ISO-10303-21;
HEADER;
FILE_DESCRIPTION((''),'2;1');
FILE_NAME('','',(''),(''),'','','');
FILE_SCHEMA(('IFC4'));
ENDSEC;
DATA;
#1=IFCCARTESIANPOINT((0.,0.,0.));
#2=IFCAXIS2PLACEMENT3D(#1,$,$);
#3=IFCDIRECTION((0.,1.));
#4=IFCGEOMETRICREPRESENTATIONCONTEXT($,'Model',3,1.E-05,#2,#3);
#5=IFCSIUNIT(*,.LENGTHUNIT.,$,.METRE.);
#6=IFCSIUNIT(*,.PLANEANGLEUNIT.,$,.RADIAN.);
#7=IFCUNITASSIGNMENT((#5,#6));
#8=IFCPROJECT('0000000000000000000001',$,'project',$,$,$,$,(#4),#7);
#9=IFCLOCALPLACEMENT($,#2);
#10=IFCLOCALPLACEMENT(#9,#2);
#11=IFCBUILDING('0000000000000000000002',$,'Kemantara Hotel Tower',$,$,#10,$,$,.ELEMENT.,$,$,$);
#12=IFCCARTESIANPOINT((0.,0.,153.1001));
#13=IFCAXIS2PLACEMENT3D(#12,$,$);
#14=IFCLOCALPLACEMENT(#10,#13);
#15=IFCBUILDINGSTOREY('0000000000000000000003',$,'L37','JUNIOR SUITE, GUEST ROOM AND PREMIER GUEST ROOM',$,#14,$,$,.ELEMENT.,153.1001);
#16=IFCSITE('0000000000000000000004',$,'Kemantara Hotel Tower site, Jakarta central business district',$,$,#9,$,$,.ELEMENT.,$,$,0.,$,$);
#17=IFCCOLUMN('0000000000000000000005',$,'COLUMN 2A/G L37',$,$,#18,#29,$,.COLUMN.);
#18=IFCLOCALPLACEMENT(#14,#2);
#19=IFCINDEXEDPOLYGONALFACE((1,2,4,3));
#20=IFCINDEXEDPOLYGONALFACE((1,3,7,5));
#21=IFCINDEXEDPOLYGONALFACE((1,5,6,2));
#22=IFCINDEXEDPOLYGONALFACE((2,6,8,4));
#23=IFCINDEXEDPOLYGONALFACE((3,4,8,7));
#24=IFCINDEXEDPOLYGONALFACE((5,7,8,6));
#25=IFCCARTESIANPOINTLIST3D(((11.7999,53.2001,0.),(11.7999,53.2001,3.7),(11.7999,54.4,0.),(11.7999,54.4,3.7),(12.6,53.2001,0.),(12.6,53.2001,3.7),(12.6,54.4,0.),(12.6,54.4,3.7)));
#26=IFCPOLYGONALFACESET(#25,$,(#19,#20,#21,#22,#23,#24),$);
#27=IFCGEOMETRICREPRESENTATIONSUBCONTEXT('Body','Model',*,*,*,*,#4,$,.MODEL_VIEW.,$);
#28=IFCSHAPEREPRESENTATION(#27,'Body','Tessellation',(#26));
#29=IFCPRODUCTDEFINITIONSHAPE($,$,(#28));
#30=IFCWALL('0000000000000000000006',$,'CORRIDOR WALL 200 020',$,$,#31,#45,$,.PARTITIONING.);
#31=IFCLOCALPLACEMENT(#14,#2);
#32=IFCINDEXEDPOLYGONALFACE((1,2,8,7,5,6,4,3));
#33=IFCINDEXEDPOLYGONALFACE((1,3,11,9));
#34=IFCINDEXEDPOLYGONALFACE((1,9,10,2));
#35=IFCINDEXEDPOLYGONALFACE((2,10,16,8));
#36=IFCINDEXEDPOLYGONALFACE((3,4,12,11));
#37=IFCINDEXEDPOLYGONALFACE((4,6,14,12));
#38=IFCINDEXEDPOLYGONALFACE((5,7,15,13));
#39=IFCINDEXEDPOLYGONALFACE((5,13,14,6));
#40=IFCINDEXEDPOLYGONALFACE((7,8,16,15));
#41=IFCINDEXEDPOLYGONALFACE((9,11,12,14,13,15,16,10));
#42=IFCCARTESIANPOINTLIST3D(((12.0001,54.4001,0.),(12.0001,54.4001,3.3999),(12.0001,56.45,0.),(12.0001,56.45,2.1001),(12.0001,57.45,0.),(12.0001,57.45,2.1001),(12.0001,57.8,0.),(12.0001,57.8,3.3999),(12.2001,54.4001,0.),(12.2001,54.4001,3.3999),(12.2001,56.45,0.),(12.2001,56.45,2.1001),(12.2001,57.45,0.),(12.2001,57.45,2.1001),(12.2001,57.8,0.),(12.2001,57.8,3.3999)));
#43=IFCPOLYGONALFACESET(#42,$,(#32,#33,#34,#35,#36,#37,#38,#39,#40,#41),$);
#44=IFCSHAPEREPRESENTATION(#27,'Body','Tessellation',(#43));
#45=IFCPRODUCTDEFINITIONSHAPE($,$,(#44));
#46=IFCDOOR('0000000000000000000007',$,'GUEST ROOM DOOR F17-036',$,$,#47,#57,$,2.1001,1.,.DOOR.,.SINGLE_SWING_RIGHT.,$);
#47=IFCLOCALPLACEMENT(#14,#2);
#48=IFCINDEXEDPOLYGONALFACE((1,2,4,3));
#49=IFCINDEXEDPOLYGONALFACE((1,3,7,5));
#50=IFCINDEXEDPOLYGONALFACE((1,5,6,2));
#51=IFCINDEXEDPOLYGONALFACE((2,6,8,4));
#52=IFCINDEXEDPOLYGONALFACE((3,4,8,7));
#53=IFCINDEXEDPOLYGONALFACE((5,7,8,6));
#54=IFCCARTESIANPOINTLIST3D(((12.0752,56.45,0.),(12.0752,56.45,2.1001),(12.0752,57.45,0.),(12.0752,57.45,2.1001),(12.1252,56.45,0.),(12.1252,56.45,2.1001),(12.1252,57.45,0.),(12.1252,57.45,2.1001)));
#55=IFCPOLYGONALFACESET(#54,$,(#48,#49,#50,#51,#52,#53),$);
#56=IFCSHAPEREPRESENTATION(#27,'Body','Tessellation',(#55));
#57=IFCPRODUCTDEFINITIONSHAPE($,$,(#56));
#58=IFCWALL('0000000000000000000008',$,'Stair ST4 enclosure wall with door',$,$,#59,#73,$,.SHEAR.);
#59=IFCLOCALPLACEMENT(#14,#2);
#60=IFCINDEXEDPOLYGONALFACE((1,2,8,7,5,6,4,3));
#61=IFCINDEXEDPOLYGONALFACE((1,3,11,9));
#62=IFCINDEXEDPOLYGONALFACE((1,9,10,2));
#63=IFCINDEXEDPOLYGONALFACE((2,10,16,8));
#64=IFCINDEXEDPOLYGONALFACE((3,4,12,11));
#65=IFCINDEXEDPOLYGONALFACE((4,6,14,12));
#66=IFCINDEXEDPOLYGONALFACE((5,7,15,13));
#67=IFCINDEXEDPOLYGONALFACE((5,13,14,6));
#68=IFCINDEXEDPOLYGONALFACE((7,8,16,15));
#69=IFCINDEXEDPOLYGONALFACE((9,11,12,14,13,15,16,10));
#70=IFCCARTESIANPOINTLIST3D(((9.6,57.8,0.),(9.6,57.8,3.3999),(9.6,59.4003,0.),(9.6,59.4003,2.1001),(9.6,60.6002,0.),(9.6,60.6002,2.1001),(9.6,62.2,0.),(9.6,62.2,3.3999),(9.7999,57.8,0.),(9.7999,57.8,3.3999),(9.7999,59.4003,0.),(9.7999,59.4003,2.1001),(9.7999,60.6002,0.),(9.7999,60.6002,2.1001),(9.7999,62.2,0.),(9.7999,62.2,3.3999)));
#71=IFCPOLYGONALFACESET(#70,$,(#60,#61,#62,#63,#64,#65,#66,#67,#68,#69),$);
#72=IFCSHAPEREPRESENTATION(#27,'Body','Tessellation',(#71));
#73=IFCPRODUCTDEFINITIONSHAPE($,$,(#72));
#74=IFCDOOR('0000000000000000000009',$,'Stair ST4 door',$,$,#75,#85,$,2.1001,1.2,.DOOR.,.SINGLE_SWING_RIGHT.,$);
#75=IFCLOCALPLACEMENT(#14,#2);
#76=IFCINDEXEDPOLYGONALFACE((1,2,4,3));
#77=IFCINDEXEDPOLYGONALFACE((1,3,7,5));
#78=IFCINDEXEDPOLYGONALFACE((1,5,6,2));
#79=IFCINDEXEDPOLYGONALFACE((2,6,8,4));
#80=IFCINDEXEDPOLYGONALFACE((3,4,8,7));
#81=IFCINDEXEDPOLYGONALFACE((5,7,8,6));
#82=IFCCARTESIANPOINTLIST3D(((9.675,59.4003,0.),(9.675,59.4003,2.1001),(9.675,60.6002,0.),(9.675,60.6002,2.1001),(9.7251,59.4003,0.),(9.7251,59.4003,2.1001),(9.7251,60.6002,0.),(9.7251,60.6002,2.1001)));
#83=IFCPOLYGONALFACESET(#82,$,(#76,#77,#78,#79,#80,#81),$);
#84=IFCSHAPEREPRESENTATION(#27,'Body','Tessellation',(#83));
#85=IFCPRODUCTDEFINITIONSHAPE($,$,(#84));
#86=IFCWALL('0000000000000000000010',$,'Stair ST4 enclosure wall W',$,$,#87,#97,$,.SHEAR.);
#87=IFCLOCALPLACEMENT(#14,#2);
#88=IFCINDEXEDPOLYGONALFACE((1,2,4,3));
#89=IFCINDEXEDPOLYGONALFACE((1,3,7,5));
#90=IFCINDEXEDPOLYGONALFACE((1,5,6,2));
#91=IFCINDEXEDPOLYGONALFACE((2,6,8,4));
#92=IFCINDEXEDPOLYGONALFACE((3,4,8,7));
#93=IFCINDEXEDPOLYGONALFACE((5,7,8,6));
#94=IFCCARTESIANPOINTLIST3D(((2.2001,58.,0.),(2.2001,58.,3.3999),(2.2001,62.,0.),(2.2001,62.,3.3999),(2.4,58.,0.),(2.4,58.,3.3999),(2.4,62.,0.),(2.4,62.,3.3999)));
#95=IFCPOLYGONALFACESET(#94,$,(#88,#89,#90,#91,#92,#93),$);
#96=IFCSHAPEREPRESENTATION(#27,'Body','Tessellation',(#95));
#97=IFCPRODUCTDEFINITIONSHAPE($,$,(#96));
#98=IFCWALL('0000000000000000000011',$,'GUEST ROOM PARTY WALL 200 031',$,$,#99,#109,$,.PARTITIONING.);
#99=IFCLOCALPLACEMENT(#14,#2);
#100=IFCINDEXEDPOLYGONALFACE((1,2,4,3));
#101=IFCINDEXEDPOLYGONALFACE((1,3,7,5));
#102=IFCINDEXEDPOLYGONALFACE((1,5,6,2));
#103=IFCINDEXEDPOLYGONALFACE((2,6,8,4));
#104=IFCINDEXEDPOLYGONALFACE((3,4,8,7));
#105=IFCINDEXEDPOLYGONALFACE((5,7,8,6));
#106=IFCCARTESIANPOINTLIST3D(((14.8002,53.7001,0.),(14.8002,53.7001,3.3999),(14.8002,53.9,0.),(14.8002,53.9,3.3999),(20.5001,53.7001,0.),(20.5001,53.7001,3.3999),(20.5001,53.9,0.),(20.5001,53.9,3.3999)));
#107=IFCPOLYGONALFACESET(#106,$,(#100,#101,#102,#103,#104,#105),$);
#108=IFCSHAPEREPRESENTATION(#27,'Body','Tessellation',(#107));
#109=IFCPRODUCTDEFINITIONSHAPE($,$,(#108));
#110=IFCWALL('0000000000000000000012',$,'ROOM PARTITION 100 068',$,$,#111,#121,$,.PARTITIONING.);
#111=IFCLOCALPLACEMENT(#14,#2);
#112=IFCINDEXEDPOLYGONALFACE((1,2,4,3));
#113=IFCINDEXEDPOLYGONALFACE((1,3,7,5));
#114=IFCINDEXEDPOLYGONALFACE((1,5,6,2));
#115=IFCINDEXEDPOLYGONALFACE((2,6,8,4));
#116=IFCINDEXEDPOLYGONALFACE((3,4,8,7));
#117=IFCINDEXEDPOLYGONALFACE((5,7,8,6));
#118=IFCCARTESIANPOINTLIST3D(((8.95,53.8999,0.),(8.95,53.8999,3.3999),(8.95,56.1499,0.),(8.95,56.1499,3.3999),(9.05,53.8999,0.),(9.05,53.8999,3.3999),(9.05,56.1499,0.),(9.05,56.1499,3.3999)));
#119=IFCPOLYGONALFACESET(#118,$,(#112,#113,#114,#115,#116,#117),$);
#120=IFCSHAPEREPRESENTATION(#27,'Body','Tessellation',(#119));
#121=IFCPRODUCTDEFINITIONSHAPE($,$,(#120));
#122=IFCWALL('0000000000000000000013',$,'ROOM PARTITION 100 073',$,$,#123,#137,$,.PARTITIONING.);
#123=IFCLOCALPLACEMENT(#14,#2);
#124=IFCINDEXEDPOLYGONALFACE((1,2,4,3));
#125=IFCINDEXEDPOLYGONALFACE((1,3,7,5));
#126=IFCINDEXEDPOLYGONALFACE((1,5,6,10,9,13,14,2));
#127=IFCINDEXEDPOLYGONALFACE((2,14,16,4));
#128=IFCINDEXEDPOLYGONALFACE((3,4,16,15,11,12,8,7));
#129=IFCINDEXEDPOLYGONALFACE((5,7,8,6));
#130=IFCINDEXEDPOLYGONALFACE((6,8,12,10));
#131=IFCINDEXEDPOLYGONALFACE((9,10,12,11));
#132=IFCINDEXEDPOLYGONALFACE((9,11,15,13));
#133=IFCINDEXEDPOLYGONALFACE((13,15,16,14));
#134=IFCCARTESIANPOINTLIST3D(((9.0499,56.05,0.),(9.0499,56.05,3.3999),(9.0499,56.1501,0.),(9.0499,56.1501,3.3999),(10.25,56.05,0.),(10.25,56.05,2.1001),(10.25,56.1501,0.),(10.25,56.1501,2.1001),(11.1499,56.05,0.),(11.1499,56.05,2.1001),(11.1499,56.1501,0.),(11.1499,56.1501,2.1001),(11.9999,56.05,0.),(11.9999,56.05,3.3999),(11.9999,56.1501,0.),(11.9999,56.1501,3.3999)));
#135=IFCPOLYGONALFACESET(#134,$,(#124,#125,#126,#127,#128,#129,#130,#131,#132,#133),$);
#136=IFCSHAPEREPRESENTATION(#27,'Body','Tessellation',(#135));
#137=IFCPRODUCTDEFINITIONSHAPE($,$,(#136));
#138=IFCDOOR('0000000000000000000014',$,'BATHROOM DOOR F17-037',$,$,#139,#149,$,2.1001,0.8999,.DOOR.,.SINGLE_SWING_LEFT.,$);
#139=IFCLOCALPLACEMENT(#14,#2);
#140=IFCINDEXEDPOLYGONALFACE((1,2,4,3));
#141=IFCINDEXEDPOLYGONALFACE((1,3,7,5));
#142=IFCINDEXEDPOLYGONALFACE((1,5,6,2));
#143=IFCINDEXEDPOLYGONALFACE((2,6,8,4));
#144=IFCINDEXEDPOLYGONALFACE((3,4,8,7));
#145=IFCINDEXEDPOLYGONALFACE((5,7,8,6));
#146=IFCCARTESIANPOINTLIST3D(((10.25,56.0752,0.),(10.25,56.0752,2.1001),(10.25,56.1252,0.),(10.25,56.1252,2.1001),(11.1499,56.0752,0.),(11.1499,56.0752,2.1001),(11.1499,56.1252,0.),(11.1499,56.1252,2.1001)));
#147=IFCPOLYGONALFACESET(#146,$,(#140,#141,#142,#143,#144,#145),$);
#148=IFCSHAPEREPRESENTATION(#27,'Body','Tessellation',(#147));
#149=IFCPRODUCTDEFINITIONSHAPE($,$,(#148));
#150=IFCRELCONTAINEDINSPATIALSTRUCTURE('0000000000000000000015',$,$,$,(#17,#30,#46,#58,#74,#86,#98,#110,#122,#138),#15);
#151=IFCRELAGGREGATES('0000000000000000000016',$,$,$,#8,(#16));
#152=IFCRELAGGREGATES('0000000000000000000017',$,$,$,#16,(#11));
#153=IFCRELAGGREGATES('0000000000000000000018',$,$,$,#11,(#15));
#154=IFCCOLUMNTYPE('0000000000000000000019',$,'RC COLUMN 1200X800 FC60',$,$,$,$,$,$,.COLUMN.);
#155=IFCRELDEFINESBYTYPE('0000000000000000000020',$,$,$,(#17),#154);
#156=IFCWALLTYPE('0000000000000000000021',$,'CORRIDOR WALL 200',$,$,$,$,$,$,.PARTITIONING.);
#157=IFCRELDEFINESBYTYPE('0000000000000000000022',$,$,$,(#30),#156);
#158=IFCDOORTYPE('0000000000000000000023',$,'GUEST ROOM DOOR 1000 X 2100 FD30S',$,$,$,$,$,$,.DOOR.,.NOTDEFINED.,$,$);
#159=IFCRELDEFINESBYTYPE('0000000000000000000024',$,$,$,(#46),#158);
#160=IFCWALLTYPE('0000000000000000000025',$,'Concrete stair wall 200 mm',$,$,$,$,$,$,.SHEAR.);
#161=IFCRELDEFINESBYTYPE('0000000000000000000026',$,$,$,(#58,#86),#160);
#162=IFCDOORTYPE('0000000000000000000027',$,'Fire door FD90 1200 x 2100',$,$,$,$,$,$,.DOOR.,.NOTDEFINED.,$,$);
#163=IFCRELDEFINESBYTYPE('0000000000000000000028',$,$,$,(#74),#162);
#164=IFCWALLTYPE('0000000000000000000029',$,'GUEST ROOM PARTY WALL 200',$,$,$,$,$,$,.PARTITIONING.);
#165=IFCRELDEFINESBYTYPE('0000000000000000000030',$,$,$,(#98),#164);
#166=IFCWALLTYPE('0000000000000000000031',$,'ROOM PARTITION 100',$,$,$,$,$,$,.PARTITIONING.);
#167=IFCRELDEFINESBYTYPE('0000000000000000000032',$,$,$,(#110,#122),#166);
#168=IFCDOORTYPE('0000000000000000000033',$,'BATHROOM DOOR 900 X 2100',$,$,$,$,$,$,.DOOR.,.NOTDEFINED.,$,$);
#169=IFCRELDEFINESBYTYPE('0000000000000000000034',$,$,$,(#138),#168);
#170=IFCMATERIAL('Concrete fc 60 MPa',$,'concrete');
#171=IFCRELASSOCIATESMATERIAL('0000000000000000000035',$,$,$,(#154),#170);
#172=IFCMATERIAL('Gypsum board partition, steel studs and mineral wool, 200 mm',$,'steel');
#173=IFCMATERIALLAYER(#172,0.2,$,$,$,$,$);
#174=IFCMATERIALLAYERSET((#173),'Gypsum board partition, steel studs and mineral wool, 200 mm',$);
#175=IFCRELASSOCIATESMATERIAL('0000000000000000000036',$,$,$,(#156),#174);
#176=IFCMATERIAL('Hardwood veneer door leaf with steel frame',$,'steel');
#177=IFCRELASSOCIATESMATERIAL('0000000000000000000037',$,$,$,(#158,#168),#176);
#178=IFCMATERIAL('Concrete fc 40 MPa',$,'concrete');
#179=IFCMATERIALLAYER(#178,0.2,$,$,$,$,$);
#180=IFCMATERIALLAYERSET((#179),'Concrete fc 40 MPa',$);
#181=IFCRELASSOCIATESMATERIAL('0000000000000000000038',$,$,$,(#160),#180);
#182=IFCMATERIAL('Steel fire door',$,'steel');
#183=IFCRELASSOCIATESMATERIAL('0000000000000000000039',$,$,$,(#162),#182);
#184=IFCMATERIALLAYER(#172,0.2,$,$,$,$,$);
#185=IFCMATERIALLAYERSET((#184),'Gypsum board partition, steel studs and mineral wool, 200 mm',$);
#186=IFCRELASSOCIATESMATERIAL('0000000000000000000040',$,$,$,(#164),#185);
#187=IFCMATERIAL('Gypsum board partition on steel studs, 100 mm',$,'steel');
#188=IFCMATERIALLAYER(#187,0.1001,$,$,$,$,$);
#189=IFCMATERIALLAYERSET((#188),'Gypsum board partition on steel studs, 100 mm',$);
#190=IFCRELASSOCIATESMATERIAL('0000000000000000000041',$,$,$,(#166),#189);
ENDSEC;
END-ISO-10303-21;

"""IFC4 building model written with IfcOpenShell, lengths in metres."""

from ifc_helpers import new_model, si_unit, direction, frame, frame_2d, origin, origin_2d, place, context, subcontext, project, spatial, rectangle, extrude, material, layer, layer_set, material_profile, profile_set, type_object, element, fill, save


model = new_model("IFC4")

# Units and contexts
model_context = context("Model", 3, precision=1e-05, world=origin(), true_north=direction((0.0, 1.0)))
body_context = subcontext(model_context, "Body", "Model", "MODEL_VIEW")
ifc_project = project(units=[si_unit("LENGTHUNIT", "METRE"), si_unit("PLANEANGLEUNIT", "RADIAN")], contexts=[model_context])

# Site, building, storey
site_placement = place(None, origin())
site = spatial("IfcSite", under=ifc_project, at=site_placement, Name="Kemantara Hotel Tower site, Jakarta central business district", CompositionType="ELEMENT", RefElevation=0.0)
building_placement = place(site_placement, origin())
building = spatial("IfcBuilding", under=site, at=building_placement, Name="Kemantara Hotel Tower", CompositionType="ELEMENT")
storey_placement = place(building_placement, frame((0.0, 0.0, 153.1001)))
storey = spatial("IfcBuildingStorey", under=building, at=storey_placement, Name="L37", Description="JUNIOR SUITE, GUEST ROOM AND PREMIER GUEST ROOM", CompositionType="ELEMENT", Elevation=153.1001)

# Column
ifc_material_1 = material(Name="Concrete fc 60 MPa", Category="concrete")
ifc_material_profile = material_profile(ifc_material_1, rectangle(XDim=1.2, YDim=0.8, at=origin_2d()), Name="RC 1200X800")
ifc_profile_set = profile_set([ifc_material_profile], Name="Concrete fc 60 MPa")
column_type = type_object("IfcColumnType", Name="RC COLUMN 1200X800 FC60", PredefinedType="COLUMN", material=ifc_profile_set)
column_placement = place(storey_placement, frame((12.2, 53.8, 0.0), z_axis=(0.0, 0.0, 1.0), x_axis=(0.0, 1.0, 0.0)))
element("IfcColumn", 1, at=column_placement, inside=storey, type_object=column_type, Name="COLUMN 2A/G L37", PredefinedType="COLUMN", context=body_context, shape_type="SweptSolid", body=[
    extrude(rectangle(XDim=1.2, YDim=0.8, at=origin_2d()), origin(), (0.0, 0.0, 1.0), 3.7),
])

# Walls, openings, doors
ifc_material_2 = material(Name="Gypsum board partition, steel studs and mineral wool, 200 mm", Category="steel")
ifc_layer_1 = layer(ifc_material_2, 0.2)
ifc_layer_set_1 = layer_set([ifc_layer_1], Name="Gypsum board partition, steel studs and mineral wool, 200 mm")
wall_type_1 = type_object("IfcWallType", Name="CORRIDOR WALL 200", PredefinedType="PARTITIONING", material=ifc_layer_set_1)
wall_1_placement = place(storey_placement, frame((12.1001, 54.4001, 0.0), z_axis=(0.0, 0.0, 1.0), x_axis=(0.0, 1.0, 0.0)))
wall_1 = element("IfcWall", 2, at=wall_1_placement, inside=storey, type_object=wall_type_1, Name="CORRIDOR WALL 200 020", PredefinedType="PARTITIONING", context=body_context, shape_type="SweptSolid", body=[
    extrude(rectangle(XDim=3.3999, YDim=0.2, at=frame_2d((1.7, 0.0))), origin(), (0.0, 0.0, 1.0), 3.3999),
])
opening_1_placement = place(wall_1_placement, frame((2.0498, 0.0, 0.0)))
opening_1 = element("IfcOpeningElement", 3, at=opening_1_placement, cuts=wall_1, PredefinedType="OPENING", context=body_context, shape_type="SweptSolid", body=[
    extrude(rectangle(XDim=1.0, YDim=2.1001, at=frame_2d((0.5, 1.05))), frame((0.0, 0.1099, 0.0), z_axis=(0.0, -1.0, 0.0), x_axis=(1.0, 0.0, 0.0)), (0.0, 0.0, 1.0), 0.22),
])
ifc_material_3 = material(Name="Hardwood veneer door leaf with steel frame", Category="steel")
door_type_1 = type_object("IfcDoorType", Name="GUEST ROOM DOOR 1000 X 2100 FD30S", OperationType="NOTDEFINED", PredefinedType="DOOR", material=ifc_material_3)
door_1_placement = place(opening_1_placement, origin())
door_1 = element("IfcDoor", 4, at=door_1_placement, inside=storey, type_object=door_type_1, Name="GUEST ROOM DOOR F17-036", OperationType="SINGLE_SWING_RIGHT", OverallHeight=2.1001, OverallWidth=1.0, PredefinedType="DOOR", context=body_context, shape_type="SweptSolid", body=[
    extrude(rectangle(XDim=1.0, YDim=2.1001, at=frame_2d((0.5, 1.05))), frame((0.0, 0.0249, 0.0), z_axis=(0.0, -1.0, 0.0), x_axis=(1.0, 0.0, 0.0)), (0.0, 0.0, 1.0), 0.05),
])
fill(opening_1, door_1)
ifc_material_4 = material(Name="Concrete fc 40 MPa", Category="concrete")
ifc_layer_2 = layer(ifc_material_4, 0.2)
ifc_layer_set_2 = layer_set([ifc_layer_2], Name="Concrete fc 40 MPa")
wall_type_2 = type_object("IfcWallType", Name="Concrete stair wall 200 mm", PredefinedType="SHEAR", material=ifc_layer_set_2)
wall_2_placement = place(storey_placement, frame((9.7, 57.8, 0.0), z_axis=(0.0, 0.0, 1.0), x_axis=(0.0, 1.0, 0.0)))
wall_2 = element("IfcWall", 5, at=wall_2_placement, inside=storey, type_object=wall_type_2, Name="Stair ST4 enclosure wall with door", PredefinedType="SHEAR", context=body_context, shape_type="SweptSolid", body=[
    extrude(rectangle(XDim=4.3999, YDim=0.2, at=frame_2d((2.2, 0.0))), origin(), (0.0, 0.0, 1.0), 3.3999),
])
opening_2_placement = place(wall_2_placement, frame((1.6001, 0.0, 0.0)))
opening_2 = element("IfcOpeningElement", 6, at=opening_2_placement, cuts=wall_2, PredefinedType="OPENING", context=body_context, shape_type="SweptSolid", body=[
    extrude(rectangle(XDim=1.2, YDim=2.1001, at=frame_2d((0.6001, 1.05))), frame((0.0, 0.1099, 0.0), z_axis=(0.0, -1.0, 0.0), x_axis=(1.0, 0.0, 0.0)), (0.0, 0.0, 1.0), 0.22),
])
ifc_material_5 = material(Name="Steel fire door", Category="steel")
door_type_2 = type_object("IfcDoorType", Name="Fire door FD90 1200 x 2100", OperationType="NOTDEFINED", PredefinedType="DOOR", material=ifc_material_5)
door_2_placement = place(opening_2_placement, origin())
door_2 = element("IfcDoor", 7, at=door_2_placement, inside=storey, type_object=door_type_2, Name="Stair ST4 door", OperationType="SINGLE_SWING_RIGHT", OverallHeight=2.1001, OverallWidth=1.2, PredefinedType="DOOR", context=body_context, shape_type="SweptSolid", body=[
    extrude(rectangle(XDim=1.2, YDim=2.1001, at=frame_2d((0.6001, 1.05))), frame((0.0, 0.0249, 0.0), z_axis=(0.0, -1.0, 0.0), x_axis=(1.0, 0.0, 0.0)), (0.0, 0.0, 1.0), 0.05),
])
fill(opening_2, door_2)

# Walls
wall_3_placement = place(storey_placement, frame((2.3, 58.0, 0.0), z_axis=(0.0, 0.0, 1.0), x_axis=(0.0, 1.0, 0.0)))
element("IfcWall", 8, at=wall_3_placement, inside=storey, type_object=wall_type_2, Name="Stair ST4 enclosure wall W", PredefinedType="SHEAR", context=body_context, shape_type="SweptSolid", body=[
    extrude(rectangle(XDim=4.0, YDim=0.2, at=frame_2d((2.0, 0.0))), origin(), (0.0, 0.0, 1.0), 3.3999),
])
ifc_layer_3 = layer(ifc_material_2, 0.2)
ifc_layer_set_3 = layer_set([ifc_layer_3], Name="Gypsum board partition, steel studs and mineral wool, 200 mm")
wall_type_3 = type_object("IfcWallType", Name="GUEST ROOM PARTY WALL 200", PredefinedType="PARTITIONING", material=ifc_layer_set_3)
wall_4_placement = place(storey_placement, frame((14.8, 53.8, 0.0), z_axis=(0.0, 0.0, 1.0), x_axis=(1.0, 0.0, 0.0)))
element("IfcWall", 9, at=wall_4_placement, inside=storey, type_object=wall_type_3, Name="GUEST ROOM PARTY WALL 200 031", PredefinedType="PARTITIONING", context=body_context, shape_type="SweptSolid", body=[
    extrude(rectangle(XDim=5.7, YDim=0.2, at=frame_2d((2.8501, 0.0))), origin(), (0.0, 0.0, 1.0), 3.3999),
])
ifc_material_6 = material(Name="Gypsum board partition on steel studs, 100 mm", Category="steel")
ifc_layer_4 = layer(ifc_material_6, 0.1001)
ifc_layer_set_4 = layer_set([ifc_layer_4], Name="Gypsum board partition on steel studs, 100 mm")
wall_type_4 = type_object("IfcWallType", Name="ROOM PARTITION 100", PredefinedType="PARTITIONING", material=ifc_layer_set_4)
wall_5_placement = place(storey_placement, frame((9.0, 53.8999, 0.0), z_axis=(0.0, 0.0, 1.0), x_axis=(0.0, 1.0, 0.0)))
element("IfcWall", 10, at=wall_5_placement, inside=storey, type_object=wall_type_4, Name="ROOM PARTITION 100 068", PredefinedType="PARTITIONING", context=body_context, shape_type="SweptSolid", body=[
    extrude(rectangle(XDim=2.25, YDim=0.1001, at=frame_2d((1.125, 0.0))), origin(), (0.0, 0.0, 1.0), 3.3999),
])

# Wall, opening, door
wall_6_placement = place(storey_placement, frame((12.0, 56.1001, 0.0), z_axis=(0.0, 0.0, 1.0), x_axis=(-1.0, 0.0, 0.0)))
wall_6 = element("IfcWall", 11, at=wall_6_placement, inside=storey, type_object=wall_type_4, Name="ROOM PARTITION 100 073", PredefinedType="PARTITIONING", context=body_context, shape_type="SweptSolid", body=[
    extrude(rectangle(XDim=2.95, YDim=0.1001, at=frame_2d((1.4751, 0.0))), origin(), (0.0, 0.0, 1.0), 3.3999),
])
opening_3_placement = place(wall_6_placement, frame((0.8501, 0.0, 0.0)))
opening_3 = element("IfcOpeningElement", 12, at=opening_3_placement, cuts=wall_6, PredefinedType="OPENING", context=body_context, shape_type="SweptSolid", body=[
    extrude(rectangle(XDim=0.8999, YDim=2.1001, at=frame_2d((0.45, 1.05))), frame((0.0, 0.0601, 0.0), z_axis=(0.0, -1.0, 0.0), x_axis=(1.0, 0.0, 0.0)), (0.0, 0.0, 1.0), 0.1201),
])
door_type_3 = type_object("IfcDoorType", Name="BATHROOM DOOR 900 X 2100", OperationType="NOTDEFINED", PredefinedType="DOOR", material=ifc_material_3)
door_3_placement = place(opening_3_placement, origin())
door_3 = element("IfcDoor", 13, at=door_3_placement, inside=storey, type_object=door_type_3, Name="BATHROOM DOOR F17-037", OperationType="SINGLE_SWING_LEFT", OverallHeight=2.1001, OverallWidth=0.8999, PredefinedType="DOOR", context=body_context, shape_type="SweptSolid", body=[
    extrude(rectangle(XDim=0.8999, YDim=2.1001, at=frame_2d((0.45, 1.05))), frame((0.0, 0.0249, 0.0), z_axis=(0.0, -1.0, 0.0), x_axis=(1.0, 0.0, 0.0)), (0.0, 0.0, 1.0), 0.05),
])
fill(opening_3, door_3)

save(model, "model.ifc")
